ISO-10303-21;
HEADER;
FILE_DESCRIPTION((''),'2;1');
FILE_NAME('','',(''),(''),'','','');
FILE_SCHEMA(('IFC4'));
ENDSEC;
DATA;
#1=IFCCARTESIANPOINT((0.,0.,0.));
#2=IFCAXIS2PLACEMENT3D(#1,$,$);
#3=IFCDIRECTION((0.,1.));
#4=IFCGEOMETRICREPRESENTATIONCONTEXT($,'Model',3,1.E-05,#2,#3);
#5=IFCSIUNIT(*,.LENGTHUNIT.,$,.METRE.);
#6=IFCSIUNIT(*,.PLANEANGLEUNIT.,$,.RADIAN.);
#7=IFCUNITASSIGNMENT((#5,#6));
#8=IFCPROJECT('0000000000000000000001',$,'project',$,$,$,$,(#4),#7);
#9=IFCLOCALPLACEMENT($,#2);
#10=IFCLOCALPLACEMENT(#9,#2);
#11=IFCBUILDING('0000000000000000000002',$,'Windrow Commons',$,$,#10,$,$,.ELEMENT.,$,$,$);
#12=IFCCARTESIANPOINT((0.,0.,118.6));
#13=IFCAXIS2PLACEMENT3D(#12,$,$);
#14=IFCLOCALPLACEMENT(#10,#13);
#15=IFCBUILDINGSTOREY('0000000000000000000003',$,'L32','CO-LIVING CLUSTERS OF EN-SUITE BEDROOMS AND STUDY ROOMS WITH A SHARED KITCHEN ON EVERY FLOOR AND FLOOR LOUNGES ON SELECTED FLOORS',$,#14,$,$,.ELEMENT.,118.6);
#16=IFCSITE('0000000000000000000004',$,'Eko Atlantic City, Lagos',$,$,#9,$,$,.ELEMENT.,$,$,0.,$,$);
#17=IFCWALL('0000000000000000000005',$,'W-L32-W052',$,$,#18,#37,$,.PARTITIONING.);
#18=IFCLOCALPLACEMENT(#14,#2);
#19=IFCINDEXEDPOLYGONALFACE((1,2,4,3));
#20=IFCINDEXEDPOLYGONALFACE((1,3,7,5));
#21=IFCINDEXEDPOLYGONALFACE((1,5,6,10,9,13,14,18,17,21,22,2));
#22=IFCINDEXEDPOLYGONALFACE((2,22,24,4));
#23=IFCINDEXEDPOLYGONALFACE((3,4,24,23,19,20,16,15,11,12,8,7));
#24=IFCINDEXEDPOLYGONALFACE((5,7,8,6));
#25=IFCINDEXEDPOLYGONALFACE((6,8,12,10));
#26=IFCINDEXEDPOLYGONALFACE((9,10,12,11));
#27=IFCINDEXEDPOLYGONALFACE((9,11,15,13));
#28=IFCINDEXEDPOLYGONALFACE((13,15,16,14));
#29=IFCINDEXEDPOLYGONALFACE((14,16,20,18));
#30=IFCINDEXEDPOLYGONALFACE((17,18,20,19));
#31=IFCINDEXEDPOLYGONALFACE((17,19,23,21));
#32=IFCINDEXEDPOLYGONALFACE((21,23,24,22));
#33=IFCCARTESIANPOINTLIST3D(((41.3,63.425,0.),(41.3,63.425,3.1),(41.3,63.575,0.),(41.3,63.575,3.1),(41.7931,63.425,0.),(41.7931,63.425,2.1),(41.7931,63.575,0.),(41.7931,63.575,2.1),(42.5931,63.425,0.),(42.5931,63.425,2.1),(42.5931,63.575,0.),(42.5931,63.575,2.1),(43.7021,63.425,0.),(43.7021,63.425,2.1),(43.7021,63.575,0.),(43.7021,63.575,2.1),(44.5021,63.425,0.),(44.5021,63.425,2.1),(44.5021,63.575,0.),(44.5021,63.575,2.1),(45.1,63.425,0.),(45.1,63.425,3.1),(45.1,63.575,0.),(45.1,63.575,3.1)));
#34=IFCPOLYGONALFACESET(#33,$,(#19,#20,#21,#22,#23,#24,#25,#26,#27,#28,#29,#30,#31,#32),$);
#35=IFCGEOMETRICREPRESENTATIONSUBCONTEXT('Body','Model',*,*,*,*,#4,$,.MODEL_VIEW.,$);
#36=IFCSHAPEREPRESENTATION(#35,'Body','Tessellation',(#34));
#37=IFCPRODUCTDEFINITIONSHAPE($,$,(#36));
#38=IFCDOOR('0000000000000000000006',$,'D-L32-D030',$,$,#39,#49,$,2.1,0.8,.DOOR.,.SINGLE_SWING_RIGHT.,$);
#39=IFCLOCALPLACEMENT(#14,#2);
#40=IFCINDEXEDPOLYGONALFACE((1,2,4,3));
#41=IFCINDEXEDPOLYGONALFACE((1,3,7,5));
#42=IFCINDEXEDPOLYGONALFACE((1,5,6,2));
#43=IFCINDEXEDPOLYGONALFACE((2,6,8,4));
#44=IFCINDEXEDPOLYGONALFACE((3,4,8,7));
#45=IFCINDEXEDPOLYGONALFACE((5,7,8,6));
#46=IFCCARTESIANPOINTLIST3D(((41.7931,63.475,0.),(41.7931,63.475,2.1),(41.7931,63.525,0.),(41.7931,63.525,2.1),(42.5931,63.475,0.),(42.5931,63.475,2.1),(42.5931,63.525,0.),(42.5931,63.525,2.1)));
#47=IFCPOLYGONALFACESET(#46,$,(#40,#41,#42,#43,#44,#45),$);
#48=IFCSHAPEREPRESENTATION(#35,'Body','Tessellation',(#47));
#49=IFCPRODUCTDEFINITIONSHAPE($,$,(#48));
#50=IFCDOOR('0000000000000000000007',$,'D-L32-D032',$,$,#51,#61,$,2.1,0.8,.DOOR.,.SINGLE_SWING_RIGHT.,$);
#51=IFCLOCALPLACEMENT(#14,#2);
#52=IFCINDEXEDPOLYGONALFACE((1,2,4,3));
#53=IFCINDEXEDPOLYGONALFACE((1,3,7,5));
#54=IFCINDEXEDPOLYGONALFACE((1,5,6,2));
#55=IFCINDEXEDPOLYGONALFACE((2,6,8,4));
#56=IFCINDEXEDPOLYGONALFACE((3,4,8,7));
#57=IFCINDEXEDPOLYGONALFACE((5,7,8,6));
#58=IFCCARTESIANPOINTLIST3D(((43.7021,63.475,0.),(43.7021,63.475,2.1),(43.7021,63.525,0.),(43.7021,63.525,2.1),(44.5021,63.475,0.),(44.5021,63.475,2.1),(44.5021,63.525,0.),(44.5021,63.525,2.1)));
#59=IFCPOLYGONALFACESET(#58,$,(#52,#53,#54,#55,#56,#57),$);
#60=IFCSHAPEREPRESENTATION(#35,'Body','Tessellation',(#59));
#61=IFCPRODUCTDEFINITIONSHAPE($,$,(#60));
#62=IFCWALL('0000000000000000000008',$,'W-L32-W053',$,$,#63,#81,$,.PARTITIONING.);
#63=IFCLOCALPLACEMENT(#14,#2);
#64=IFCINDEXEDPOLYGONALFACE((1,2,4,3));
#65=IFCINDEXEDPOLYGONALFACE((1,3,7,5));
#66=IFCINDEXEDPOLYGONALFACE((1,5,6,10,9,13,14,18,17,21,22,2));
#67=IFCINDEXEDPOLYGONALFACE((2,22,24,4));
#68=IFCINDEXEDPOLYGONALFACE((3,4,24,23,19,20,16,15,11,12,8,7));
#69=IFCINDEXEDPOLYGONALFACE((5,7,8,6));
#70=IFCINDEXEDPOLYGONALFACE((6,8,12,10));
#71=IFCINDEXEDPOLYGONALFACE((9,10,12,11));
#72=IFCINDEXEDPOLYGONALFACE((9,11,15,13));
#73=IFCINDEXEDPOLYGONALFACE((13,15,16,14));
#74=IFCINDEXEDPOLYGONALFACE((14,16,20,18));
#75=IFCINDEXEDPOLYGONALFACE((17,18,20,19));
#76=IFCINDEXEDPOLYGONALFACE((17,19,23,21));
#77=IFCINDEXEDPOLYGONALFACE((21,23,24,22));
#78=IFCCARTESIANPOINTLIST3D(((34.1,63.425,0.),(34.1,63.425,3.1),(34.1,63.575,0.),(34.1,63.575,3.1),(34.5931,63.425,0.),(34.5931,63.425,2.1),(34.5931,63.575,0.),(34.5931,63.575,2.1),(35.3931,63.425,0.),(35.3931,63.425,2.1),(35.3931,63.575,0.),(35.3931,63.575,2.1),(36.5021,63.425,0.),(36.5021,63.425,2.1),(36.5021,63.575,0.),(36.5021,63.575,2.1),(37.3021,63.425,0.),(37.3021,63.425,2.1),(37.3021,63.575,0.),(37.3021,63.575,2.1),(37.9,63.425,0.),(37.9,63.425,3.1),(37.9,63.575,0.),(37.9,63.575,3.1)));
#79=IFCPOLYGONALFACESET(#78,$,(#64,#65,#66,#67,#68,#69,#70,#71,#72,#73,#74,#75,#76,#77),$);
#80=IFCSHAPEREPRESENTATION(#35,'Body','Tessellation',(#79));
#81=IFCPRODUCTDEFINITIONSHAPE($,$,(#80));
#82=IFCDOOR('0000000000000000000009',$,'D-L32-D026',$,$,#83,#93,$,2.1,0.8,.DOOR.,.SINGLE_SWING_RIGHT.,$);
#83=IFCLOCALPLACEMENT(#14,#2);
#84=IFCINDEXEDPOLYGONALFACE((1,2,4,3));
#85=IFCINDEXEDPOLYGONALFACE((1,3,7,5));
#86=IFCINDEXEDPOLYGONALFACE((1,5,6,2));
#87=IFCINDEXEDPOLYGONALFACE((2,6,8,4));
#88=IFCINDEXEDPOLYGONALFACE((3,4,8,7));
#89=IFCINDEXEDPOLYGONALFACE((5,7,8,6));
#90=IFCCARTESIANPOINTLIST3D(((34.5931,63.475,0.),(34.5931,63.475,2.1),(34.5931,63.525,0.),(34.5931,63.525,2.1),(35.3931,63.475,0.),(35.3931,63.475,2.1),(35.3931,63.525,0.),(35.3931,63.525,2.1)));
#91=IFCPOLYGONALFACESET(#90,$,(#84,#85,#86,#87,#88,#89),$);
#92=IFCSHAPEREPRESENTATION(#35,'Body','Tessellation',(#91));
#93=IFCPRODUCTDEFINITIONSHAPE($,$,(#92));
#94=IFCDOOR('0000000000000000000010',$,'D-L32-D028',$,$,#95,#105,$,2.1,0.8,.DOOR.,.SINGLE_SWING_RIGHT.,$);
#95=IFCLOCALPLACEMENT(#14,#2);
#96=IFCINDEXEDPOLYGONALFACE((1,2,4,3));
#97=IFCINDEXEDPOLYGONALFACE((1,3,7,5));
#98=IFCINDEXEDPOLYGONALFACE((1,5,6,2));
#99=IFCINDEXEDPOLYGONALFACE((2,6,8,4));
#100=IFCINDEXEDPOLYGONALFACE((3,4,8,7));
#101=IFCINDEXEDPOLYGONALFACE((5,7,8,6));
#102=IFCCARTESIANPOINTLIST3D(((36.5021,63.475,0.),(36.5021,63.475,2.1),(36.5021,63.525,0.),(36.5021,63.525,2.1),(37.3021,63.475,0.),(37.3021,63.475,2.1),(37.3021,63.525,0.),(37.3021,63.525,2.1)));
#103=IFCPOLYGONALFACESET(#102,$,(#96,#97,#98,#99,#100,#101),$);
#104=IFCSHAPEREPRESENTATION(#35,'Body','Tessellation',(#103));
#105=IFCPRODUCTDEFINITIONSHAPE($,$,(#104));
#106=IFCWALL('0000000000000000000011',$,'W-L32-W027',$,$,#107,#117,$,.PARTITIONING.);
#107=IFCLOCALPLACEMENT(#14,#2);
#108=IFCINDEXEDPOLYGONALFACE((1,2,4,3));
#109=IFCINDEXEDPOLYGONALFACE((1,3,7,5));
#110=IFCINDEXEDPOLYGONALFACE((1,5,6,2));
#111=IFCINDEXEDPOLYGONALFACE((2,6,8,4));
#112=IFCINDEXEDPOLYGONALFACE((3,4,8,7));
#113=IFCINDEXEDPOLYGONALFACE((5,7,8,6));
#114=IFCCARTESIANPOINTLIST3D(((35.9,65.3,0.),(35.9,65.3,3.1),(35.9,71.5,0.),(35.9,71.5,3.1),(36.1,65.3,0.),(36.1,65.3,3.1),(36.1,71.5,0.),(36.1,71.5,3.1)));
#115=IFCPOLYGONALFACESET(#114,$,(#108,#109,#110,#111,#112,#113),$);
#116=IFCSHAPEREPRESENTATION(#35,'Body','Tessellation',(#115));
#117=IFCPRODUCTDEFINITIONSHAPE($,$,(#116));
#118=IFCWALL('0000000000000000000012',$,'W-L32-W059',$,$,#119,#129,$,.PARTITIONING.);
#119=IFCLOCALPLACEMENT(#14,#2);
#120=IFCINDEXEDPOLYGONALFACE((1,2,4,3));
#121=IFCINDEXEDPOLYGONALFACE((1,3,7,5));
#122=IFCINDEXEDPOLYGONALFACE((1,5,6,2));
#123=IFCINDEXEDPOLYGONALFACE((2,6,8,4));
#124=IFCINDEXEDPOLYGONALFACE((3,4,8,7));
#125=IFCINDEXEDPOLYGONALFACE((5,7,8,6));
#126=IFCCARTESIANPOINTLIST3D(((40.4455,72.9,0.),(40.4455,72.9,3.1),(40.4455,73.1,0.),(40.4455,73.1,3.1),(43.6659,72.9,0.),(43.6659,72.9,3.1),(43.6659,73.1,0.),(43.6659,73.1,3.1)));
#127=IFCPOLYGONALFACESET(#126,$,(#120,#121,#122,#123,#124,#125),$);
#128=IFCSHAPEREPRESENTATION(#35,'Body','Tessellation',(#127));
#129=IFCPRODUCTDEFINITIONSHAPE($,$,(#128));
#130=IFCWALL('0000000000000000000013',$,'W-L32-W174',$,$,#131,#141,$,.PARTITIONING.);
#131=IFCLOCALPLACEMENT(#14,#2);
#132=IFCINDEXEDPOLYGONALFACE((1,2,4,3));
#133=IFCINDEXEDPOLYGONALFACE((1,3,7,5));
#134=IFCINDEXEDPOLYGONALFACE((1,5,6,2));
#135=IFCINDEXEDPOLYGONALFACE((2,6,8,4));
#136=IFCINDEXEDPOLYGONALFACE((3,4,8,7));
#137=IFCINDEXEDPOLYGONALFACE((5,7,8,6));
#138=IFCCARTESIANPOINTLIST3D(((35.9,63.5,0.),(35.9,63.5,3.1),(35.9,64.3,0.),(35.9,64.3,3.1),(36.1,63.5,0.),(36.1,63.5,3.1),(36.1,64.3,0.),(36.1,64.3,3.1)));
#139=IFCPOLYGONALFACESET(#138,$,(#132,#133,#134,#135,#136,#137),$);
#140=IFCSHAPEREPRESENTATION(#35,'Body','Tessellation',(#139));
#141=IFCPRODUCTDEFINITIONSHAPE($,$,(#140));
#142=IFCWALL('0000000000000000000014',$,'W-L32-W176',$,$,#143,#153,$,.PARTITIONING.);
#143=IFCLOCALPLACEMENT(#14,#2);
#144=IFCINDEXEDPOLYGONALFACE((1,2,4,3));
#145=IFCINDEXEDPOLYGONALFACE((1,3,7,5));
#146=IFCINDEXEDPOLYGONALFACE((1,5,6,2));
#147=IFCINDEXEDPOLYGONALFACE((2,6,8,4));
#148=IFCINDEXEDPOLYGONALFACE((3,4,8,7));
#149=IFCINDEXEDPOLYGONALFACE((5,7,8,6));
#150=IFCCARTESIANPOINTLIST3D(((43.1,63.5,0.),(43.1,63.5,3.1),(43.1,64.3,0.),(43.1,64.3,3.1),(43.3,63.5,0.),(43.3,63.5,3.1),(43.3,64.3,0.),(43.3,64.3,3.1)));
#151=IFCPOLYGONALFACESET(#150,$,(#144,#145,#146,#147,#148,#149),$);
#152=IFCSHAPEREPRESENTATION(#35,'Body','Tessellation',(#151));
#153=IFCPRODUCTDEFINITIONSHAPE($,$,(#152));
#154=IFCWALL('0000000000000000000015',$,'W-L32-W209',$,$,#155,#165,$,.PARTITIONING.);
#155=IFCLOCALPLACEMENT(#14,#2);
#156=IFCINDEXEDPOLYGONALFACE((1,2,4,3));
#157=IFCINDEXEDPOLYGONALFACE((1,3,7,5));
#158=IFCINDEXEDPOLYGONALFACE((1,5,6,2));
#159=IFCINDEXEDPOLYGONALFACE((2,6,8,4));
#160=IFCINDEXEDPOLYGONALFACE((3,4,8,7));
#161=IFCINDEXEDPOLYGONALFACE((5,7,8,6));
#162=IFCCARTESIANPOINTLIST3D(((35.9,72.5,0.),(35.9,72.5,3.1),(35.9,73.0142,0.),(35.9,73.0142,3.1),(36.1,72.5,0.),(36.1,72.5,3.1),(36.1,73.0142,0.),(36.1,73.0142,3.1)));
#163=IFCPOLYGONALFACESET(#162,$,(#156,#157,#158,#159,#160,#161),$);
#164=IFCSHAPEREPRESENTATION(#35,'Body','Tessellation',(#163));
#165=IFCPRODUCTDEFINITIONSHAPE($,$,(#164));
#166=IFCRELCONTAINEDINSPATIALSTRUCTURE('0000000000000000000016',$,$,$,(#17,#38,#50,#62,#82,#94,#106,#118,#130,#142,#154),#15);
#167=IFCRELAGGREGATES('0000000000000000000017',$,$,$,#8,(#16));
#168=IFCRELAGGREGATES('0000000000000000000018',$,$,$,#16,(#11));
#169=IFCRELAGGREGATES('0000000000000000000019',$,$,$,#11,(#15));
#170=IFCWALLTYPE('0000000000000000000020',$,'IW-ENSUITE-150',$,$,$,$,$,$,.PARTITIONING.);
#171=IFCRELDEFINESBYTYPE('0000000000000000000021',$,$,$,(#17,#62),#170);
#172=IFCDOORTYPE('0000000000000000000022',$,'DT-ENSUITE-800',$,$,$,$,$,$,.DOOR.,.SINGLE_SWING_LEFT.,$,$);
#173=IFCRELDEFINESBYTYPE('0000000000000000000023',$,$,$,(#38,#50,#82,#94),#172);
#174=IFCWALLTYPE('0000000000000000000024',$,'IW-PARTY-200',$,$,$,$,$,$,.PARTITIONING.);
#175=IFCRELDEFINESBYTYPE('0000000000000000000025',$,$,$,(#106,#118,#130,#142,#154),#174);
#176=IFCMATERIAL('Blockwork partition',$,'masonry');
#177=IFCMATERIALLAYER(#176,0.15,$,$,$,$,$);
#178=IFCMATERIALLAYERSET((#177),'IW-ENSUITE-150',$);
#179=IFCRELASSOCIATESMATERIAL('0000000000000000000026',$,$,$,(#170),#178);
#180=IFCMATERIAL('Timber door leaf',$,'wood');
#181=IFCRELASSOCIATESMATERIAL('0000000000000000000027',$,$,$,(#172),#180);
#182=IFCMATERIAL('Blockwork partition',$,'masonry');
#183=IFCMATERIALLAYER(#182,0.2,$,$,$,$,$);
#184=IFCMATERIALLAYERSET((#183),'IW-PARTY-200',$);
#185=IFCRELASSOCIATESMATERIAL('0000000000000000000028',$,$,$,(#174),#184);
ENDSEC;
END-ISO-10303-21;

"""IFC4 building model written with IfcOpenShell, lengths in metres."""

from ifc_helpers import new_model, si_unit, direction, frame, frame_2d, origin, place, context, subcontext, project, spatial, rectangle, extrude, material, layer, layer_set, type_object, element, fill, save


model = new_model("IFC4")

# Units and contexts
model_context = context("Model", 3, precision=1e-05, world=origin(), true_north=direction((0.0, 1.0)))
body_context = subcontext(model_context, "Body", "Model", "MODEL_VIEW")
ifc_project = project(units=[si_unit("LENGTHUNIT", "METRE"), si_unit("PLANEANGLEUNIT", "RADIAN")], contexts=[model_context])

# Site, building, storey
site_placement = place(None, origin())
site = spatial("IfcSite", under=ifc_project, at=site_placement, Name="Eko Atlantic City, Lagos", CompositionType="ELEMENT", RefElevation=0.0)
building_placement = place(site_placement, origin())
building = spatial("IfcBuilding", under=site, at=building_placement, Name="Windrow Commons", CompositionType="ELEMENT")
storey_placement = place(building_placement, frame((0.0, 0.0, 118.6)))
storey = spatial("IfcBuildingStorey", under=building, at=storey_placement, Name="L32", Description="CO-LIVING CLUSTERS OF EN-SUITE BEDROOMS AND STUDY ROOMS WITH A SHARED KITCHEN ON EVERY FLOOR AND FLOOR LOUNGES ON SELECTED FLOORS", CompositionType="ELEMENT", Elevation=118.6)

# Walls, openings, doors
ifc_material_1 = material(Name="Blockwork partition", Category="masonry")
ifc_layer_1 = layer(ifc_material_1, 0.15)
ifc_layer_set_1 = layer_set([ifc_layer_1], Name="IW-ENSUITE-150")
wall_type_1 = type_object("IfcWallType", Name="IW-ENSUITE-150", PredefinedType="PARTITIONING", material=ifc_layer_set_1)
wall_1_placement = place(storey_placement, frame((41.3, 63.5, 0.0), z_axis=(0.0, 0.0, 1.0), x_axis=(1.0, 0.0, 0.0)))
wall_1 = element("IfcWall", 1, at=wall_1_placement, inside=storey, type_object=wall_type_1, Name="W-L32-W052", PredefinedType="PARTITIONING", context=body_context, shape_type="SweptSolid", body=[
    extrude(rectangle(XDim=3.8, YDim=0.15, at=frame_2d((1.9, 0.0))), origin(), (0.0, 0.0, 1.0), 3.1),
])
opening_1_placement = place(wall_1_placement, frame((0.4931, 0.0, 0.0)))
opening_1 = element("IfcOpeningElement", 2, at=opening_1_placement, cuts=wall_1, PredefinedType="OPENING", context=body_context, shape_type="SweptSolid", body=[
    extrude(rectangle(XDim=0.8, YDim=2.1, at=frame_2d((0.4, 1.05))), frame((0.0, 0.085, 0.0), z_axis=(0.0, -1.0, 0.0), x_axis=(1.0, 0.0, 0.0)), (0.0, 0.0, 1.0), 0.17),
])
opening_2_placement = place(wall_1_placement, frame((2.4021, 0.0, 0.0)))
opening_2 = element("IfcOpeningElement", 3, at=opening_2_placement, cuts=wall_1, PredefinedType="OPENING", context=body_context, shape_type="SweptSolid", body=[
    extrude(rectangle(XDim=0.8, YDim=2.1, at=frame_2d((0.4, 1.05))), frame((0.0, 0.085, 0.0), z_axis=(0.0, -1.0, 0.0), x_axis=(1.0, 0.0, 0.0)), (0.0, 0.0, 1.0), 0.17),
])
ifc_material_2 = material(Name="Timber door leaf", Category="wood")
door_type = type_object("IfcDoorType", Name="DT-ENSUITE-800", OperationType="SINGLE_SWING_LEFT", PredefinedType="DOOR", material=ifc_material_2)
door_1_placement = place(opening_1_placement, origin())
door_1 = element("IfcDoor", 4, at=door_1_placement, inside=storey, type_object=door_type, Name="D-L32-D030", OperationType="SINGLE_SWING_RIGHT", OverallHeight=2.1, OverallWidth=0.8, PredefinedType="DOOR", context=body_context, shape_type="SweptSolid", body=[
    extrude(rectangle(XDim=0.8, YDim=2.1, at=frame_2d((0.4, 1.05))), frame((0.0, 0.025, 0.0), z_axis=(0.0, -1.0, 0.0), x_axis=(1.0, 0.0, 0.0)), (0.0, 0.0, 1.0), 0.05),
])
fill(opening_1, door_1)
door_2_placement = place(opening_2_placement, origin())
door_2 = element("IfcDoor", 5, at=door_2_placement, inside=storey, type_object=door_type, Name="D-L32-D032", OperationType="SINGLE_SWING_RIGHT", OverallHeight=2.1, OverallWidth=0.8, PredefinedType="DOOR", context=body_context, shape_type="SweptSolid", body=[
    extrude(rectangle(XDim=0.8, YDim=2.1, at=frame_2d((0.4, 1.05))), frame((0.0, 0.025, 0.0), z_axis=(0.0, -1.0, 0.0), x_axis=(1.0, 0.0, 0.0)), (0.0, 0.0, 1.0), 0.05),
])
fill(opening_2, door_2)
wall_2_placement = place(storey_placement, frame((34.1, 63.5, 0.0), z_axis=(0.0, 0.0, 1.0), x_axis=(1.0, 0.0, 0.0)))
wall_2 = element("IfcWall", 6, at=wall_2_placement, inside=storey, type_object=wall_type_1, Name="W-L32-W053", PredefinedType="PARTITIONING", context=body_context, shape_type="SweptSolid", body=[
    extrude(rectangle(XDim=3.8, YDim=0.15, at=frame_2d((1.9, 0.0))), origin(), (0.0, 0.0, 1.0), 3.1),
])
opening_3_placement = place(wall_2_placement, frame((0.4931, 0.0, 0.0)))
opening_3 = element("IfcOpeningElement", 7, at=opening_3_placement, cuts=wall_2, PredefinedType="OPENING", context=body_context, shape_type="SweptSolid", body=[
    extrude(rectangle(XDim=0.8, YDim=2.1, at=frame_2d((0.4, 1.05))), frame((0.0, 0.085, 0.0), z_axis=(0.0, -1.0, 0.0), x_axis=(1.0, 0.0, 0.0)), (0.0, 0.0, 1.0), 0.17),
])
opening_4_placement = place(wall_2_placement, frame((2.4021, 0.0, 0.0)))
opening_4 = element("IfcOpeningElement", 8, at=opening_4_placement, cuts=wall_2, PredefinedType="OPENING", context=body_context, shape_type="SweptSolid", body=[
    extrude(rectangle(XDim=0.8, YDim=2.1, at=frame_2d((0.4, 1.05))), frame((0.0, 0.085, 0.0), z_axis=(0.0, -1.0, 0.0), x_axis=(1.0, 0.0, 0.0)), (0.0, 0.0, 1.0), 0.17),
])
door_3_placement = place(opening_3_placement, origin())
door_3 = element("IfcDoor", 9, at=door_3_placement, inside=storey, type_object=door_type, Name="D-L32-D026", OperationType="SINGLE_SWING_RIGHT", OverallHeight=2.1, OverallWidth=0.8, PredefinedType="DOOR", context=body_context, shape_type="SweptSolid", body=[
    extrude(rectangle(XDim=0.8, YDim=2.1, at=frame_2d((0.4, 1.05))), frame((0.0, 0.025, 0.0), z_axis=(0.0, -1.0, 0.0), x_axis=(1.0, 0.0, 0.0)), (0.0, 0.0, 1.0), 0.05),
])
fill(opening_3, door_3)
door_4_placement = place(opening_4_placement, origin())
door_4 = element("IfcDoor", 10, at=door_4_placement, inside=storey, type_object=door_type, Name="D-L32-D028", OperationType="SINGLE_SWING_RIGHT", OverallHeight=2.1, OverallWidth=0.8, PredefinedType="DOOR", context=body_context, shape_type="SweptSolid", body=[
    extrude(rectangle(XDim=0.8, YDim=2.1, at=frame_2d((0.4, 1.05))), frame((0.0, 0.025, 0.0), z_axis=(0.0, -1.0, 0.0), x_axis=(1.0, 0.0, 0.0)), (0.0, 0.0, 1.0), 0.05),
])
fill(opening_4, door_4)

# Walls
ifc_material_3 = material(Name="Blockwork partition", Category="masonry")
ifc_layer_2 = layer(ifc_material_3, 0.2)
ifc_layer_set_2 = layer_set([ifc_layer_2], Name="IW-PARTY-200")
wall_type_2 = type_object("IfcWallType", Name="IW-PARTY-200", PredefinedType="PARTITIONING", material=ifc_layer_set_2)
wall_3_placement = place(storey_placement, frame((36.0, 65.3, 0.0), z_axis=(0.0, 0.0, 1.0), x_axis=(0.0, 1.0, 0.0)))
element("IfcWall", 11, at=wall_3_placement, inside=storey, type_object=wall_type_2, Name="W-L32-W027", PredefinedType="PARTITIONING", context=body_context, shape_type="SweptSolid", body=[
    extrude(rectangle(XDim=6.2, YDim=0.2, at=frame_2d((3.1, 0.0))), origin(), (0.0, 0.0, 1.0), 3.1),
])
wall_4_placement = place(storey_placement, frame((40.4455, 73.0, 0.0), z_axis=(0.0, 0.0, 1.0), x_axis=(1.0, 0.0, 0.0)))
element("IfcWall", 12, at=wall_4_placement, inside=storey, type_object=wall_type_2, Name="W-L32-W059", PredefinedType="PARTITIONING", context=body_context, shape_type="SweptSolid", body=[
    extrude(rectangle(XDim=3.2204, YDim=0.2, at=frame_2d((1.6102, 0.0))), origin(), (0.0, 0.0, 1.0), 3.1),
])
for number, where, z_axis, x_axis, name in (
    (13, (36.0, 63.5, 0.0), (0.0, 0.0, 1.0), (0.0, 1.0, 0.0), "W-L32-W174"),
    (14, (43.2, 63.5, 0.0), (0.0, 0.0, 1.0), (0.0, 1.0, 0.0), "W-L32-W176"),
):
    element("IfcWall", number, at=place(storey_placement, frame(where, z_axis=z_axis, x_axis=x_axis)), inside=storey, type_object=wall_type_2, Name=name, PredefinedType="PARTITIONING", context=body_context, shape_type="SweptSolid", body=[
        extrude(rectangle(XDim=0.8, YDim=0.2, at=frame_2d((0.4, 0.0))), origin(), (0.0, 0.0, 1.0), 3.1),
    ])
wall_5_placement = place(storey_placement, frame((36.0, 72.5, 0.0), z_axis=(0.0, 0.0, 1.0), x_axis=(0.0, 1.0, 0.0)))
element("IfcWall", 15, at=wall_5_placement, inside=storey, type_object=wall_type_2, Name="W-L32-W209", PredefinedType="PARTITIONING", context=body_context, shape_type="SweptSolid", body=[
    extrude(rectangle(XDim=0.5143, YDim=0.2, at=frame_2d((0.2571, 0.0))), origin(), (0.0, 0.0, 1.0), 3.1),
])

save(model, "model.ifc")
